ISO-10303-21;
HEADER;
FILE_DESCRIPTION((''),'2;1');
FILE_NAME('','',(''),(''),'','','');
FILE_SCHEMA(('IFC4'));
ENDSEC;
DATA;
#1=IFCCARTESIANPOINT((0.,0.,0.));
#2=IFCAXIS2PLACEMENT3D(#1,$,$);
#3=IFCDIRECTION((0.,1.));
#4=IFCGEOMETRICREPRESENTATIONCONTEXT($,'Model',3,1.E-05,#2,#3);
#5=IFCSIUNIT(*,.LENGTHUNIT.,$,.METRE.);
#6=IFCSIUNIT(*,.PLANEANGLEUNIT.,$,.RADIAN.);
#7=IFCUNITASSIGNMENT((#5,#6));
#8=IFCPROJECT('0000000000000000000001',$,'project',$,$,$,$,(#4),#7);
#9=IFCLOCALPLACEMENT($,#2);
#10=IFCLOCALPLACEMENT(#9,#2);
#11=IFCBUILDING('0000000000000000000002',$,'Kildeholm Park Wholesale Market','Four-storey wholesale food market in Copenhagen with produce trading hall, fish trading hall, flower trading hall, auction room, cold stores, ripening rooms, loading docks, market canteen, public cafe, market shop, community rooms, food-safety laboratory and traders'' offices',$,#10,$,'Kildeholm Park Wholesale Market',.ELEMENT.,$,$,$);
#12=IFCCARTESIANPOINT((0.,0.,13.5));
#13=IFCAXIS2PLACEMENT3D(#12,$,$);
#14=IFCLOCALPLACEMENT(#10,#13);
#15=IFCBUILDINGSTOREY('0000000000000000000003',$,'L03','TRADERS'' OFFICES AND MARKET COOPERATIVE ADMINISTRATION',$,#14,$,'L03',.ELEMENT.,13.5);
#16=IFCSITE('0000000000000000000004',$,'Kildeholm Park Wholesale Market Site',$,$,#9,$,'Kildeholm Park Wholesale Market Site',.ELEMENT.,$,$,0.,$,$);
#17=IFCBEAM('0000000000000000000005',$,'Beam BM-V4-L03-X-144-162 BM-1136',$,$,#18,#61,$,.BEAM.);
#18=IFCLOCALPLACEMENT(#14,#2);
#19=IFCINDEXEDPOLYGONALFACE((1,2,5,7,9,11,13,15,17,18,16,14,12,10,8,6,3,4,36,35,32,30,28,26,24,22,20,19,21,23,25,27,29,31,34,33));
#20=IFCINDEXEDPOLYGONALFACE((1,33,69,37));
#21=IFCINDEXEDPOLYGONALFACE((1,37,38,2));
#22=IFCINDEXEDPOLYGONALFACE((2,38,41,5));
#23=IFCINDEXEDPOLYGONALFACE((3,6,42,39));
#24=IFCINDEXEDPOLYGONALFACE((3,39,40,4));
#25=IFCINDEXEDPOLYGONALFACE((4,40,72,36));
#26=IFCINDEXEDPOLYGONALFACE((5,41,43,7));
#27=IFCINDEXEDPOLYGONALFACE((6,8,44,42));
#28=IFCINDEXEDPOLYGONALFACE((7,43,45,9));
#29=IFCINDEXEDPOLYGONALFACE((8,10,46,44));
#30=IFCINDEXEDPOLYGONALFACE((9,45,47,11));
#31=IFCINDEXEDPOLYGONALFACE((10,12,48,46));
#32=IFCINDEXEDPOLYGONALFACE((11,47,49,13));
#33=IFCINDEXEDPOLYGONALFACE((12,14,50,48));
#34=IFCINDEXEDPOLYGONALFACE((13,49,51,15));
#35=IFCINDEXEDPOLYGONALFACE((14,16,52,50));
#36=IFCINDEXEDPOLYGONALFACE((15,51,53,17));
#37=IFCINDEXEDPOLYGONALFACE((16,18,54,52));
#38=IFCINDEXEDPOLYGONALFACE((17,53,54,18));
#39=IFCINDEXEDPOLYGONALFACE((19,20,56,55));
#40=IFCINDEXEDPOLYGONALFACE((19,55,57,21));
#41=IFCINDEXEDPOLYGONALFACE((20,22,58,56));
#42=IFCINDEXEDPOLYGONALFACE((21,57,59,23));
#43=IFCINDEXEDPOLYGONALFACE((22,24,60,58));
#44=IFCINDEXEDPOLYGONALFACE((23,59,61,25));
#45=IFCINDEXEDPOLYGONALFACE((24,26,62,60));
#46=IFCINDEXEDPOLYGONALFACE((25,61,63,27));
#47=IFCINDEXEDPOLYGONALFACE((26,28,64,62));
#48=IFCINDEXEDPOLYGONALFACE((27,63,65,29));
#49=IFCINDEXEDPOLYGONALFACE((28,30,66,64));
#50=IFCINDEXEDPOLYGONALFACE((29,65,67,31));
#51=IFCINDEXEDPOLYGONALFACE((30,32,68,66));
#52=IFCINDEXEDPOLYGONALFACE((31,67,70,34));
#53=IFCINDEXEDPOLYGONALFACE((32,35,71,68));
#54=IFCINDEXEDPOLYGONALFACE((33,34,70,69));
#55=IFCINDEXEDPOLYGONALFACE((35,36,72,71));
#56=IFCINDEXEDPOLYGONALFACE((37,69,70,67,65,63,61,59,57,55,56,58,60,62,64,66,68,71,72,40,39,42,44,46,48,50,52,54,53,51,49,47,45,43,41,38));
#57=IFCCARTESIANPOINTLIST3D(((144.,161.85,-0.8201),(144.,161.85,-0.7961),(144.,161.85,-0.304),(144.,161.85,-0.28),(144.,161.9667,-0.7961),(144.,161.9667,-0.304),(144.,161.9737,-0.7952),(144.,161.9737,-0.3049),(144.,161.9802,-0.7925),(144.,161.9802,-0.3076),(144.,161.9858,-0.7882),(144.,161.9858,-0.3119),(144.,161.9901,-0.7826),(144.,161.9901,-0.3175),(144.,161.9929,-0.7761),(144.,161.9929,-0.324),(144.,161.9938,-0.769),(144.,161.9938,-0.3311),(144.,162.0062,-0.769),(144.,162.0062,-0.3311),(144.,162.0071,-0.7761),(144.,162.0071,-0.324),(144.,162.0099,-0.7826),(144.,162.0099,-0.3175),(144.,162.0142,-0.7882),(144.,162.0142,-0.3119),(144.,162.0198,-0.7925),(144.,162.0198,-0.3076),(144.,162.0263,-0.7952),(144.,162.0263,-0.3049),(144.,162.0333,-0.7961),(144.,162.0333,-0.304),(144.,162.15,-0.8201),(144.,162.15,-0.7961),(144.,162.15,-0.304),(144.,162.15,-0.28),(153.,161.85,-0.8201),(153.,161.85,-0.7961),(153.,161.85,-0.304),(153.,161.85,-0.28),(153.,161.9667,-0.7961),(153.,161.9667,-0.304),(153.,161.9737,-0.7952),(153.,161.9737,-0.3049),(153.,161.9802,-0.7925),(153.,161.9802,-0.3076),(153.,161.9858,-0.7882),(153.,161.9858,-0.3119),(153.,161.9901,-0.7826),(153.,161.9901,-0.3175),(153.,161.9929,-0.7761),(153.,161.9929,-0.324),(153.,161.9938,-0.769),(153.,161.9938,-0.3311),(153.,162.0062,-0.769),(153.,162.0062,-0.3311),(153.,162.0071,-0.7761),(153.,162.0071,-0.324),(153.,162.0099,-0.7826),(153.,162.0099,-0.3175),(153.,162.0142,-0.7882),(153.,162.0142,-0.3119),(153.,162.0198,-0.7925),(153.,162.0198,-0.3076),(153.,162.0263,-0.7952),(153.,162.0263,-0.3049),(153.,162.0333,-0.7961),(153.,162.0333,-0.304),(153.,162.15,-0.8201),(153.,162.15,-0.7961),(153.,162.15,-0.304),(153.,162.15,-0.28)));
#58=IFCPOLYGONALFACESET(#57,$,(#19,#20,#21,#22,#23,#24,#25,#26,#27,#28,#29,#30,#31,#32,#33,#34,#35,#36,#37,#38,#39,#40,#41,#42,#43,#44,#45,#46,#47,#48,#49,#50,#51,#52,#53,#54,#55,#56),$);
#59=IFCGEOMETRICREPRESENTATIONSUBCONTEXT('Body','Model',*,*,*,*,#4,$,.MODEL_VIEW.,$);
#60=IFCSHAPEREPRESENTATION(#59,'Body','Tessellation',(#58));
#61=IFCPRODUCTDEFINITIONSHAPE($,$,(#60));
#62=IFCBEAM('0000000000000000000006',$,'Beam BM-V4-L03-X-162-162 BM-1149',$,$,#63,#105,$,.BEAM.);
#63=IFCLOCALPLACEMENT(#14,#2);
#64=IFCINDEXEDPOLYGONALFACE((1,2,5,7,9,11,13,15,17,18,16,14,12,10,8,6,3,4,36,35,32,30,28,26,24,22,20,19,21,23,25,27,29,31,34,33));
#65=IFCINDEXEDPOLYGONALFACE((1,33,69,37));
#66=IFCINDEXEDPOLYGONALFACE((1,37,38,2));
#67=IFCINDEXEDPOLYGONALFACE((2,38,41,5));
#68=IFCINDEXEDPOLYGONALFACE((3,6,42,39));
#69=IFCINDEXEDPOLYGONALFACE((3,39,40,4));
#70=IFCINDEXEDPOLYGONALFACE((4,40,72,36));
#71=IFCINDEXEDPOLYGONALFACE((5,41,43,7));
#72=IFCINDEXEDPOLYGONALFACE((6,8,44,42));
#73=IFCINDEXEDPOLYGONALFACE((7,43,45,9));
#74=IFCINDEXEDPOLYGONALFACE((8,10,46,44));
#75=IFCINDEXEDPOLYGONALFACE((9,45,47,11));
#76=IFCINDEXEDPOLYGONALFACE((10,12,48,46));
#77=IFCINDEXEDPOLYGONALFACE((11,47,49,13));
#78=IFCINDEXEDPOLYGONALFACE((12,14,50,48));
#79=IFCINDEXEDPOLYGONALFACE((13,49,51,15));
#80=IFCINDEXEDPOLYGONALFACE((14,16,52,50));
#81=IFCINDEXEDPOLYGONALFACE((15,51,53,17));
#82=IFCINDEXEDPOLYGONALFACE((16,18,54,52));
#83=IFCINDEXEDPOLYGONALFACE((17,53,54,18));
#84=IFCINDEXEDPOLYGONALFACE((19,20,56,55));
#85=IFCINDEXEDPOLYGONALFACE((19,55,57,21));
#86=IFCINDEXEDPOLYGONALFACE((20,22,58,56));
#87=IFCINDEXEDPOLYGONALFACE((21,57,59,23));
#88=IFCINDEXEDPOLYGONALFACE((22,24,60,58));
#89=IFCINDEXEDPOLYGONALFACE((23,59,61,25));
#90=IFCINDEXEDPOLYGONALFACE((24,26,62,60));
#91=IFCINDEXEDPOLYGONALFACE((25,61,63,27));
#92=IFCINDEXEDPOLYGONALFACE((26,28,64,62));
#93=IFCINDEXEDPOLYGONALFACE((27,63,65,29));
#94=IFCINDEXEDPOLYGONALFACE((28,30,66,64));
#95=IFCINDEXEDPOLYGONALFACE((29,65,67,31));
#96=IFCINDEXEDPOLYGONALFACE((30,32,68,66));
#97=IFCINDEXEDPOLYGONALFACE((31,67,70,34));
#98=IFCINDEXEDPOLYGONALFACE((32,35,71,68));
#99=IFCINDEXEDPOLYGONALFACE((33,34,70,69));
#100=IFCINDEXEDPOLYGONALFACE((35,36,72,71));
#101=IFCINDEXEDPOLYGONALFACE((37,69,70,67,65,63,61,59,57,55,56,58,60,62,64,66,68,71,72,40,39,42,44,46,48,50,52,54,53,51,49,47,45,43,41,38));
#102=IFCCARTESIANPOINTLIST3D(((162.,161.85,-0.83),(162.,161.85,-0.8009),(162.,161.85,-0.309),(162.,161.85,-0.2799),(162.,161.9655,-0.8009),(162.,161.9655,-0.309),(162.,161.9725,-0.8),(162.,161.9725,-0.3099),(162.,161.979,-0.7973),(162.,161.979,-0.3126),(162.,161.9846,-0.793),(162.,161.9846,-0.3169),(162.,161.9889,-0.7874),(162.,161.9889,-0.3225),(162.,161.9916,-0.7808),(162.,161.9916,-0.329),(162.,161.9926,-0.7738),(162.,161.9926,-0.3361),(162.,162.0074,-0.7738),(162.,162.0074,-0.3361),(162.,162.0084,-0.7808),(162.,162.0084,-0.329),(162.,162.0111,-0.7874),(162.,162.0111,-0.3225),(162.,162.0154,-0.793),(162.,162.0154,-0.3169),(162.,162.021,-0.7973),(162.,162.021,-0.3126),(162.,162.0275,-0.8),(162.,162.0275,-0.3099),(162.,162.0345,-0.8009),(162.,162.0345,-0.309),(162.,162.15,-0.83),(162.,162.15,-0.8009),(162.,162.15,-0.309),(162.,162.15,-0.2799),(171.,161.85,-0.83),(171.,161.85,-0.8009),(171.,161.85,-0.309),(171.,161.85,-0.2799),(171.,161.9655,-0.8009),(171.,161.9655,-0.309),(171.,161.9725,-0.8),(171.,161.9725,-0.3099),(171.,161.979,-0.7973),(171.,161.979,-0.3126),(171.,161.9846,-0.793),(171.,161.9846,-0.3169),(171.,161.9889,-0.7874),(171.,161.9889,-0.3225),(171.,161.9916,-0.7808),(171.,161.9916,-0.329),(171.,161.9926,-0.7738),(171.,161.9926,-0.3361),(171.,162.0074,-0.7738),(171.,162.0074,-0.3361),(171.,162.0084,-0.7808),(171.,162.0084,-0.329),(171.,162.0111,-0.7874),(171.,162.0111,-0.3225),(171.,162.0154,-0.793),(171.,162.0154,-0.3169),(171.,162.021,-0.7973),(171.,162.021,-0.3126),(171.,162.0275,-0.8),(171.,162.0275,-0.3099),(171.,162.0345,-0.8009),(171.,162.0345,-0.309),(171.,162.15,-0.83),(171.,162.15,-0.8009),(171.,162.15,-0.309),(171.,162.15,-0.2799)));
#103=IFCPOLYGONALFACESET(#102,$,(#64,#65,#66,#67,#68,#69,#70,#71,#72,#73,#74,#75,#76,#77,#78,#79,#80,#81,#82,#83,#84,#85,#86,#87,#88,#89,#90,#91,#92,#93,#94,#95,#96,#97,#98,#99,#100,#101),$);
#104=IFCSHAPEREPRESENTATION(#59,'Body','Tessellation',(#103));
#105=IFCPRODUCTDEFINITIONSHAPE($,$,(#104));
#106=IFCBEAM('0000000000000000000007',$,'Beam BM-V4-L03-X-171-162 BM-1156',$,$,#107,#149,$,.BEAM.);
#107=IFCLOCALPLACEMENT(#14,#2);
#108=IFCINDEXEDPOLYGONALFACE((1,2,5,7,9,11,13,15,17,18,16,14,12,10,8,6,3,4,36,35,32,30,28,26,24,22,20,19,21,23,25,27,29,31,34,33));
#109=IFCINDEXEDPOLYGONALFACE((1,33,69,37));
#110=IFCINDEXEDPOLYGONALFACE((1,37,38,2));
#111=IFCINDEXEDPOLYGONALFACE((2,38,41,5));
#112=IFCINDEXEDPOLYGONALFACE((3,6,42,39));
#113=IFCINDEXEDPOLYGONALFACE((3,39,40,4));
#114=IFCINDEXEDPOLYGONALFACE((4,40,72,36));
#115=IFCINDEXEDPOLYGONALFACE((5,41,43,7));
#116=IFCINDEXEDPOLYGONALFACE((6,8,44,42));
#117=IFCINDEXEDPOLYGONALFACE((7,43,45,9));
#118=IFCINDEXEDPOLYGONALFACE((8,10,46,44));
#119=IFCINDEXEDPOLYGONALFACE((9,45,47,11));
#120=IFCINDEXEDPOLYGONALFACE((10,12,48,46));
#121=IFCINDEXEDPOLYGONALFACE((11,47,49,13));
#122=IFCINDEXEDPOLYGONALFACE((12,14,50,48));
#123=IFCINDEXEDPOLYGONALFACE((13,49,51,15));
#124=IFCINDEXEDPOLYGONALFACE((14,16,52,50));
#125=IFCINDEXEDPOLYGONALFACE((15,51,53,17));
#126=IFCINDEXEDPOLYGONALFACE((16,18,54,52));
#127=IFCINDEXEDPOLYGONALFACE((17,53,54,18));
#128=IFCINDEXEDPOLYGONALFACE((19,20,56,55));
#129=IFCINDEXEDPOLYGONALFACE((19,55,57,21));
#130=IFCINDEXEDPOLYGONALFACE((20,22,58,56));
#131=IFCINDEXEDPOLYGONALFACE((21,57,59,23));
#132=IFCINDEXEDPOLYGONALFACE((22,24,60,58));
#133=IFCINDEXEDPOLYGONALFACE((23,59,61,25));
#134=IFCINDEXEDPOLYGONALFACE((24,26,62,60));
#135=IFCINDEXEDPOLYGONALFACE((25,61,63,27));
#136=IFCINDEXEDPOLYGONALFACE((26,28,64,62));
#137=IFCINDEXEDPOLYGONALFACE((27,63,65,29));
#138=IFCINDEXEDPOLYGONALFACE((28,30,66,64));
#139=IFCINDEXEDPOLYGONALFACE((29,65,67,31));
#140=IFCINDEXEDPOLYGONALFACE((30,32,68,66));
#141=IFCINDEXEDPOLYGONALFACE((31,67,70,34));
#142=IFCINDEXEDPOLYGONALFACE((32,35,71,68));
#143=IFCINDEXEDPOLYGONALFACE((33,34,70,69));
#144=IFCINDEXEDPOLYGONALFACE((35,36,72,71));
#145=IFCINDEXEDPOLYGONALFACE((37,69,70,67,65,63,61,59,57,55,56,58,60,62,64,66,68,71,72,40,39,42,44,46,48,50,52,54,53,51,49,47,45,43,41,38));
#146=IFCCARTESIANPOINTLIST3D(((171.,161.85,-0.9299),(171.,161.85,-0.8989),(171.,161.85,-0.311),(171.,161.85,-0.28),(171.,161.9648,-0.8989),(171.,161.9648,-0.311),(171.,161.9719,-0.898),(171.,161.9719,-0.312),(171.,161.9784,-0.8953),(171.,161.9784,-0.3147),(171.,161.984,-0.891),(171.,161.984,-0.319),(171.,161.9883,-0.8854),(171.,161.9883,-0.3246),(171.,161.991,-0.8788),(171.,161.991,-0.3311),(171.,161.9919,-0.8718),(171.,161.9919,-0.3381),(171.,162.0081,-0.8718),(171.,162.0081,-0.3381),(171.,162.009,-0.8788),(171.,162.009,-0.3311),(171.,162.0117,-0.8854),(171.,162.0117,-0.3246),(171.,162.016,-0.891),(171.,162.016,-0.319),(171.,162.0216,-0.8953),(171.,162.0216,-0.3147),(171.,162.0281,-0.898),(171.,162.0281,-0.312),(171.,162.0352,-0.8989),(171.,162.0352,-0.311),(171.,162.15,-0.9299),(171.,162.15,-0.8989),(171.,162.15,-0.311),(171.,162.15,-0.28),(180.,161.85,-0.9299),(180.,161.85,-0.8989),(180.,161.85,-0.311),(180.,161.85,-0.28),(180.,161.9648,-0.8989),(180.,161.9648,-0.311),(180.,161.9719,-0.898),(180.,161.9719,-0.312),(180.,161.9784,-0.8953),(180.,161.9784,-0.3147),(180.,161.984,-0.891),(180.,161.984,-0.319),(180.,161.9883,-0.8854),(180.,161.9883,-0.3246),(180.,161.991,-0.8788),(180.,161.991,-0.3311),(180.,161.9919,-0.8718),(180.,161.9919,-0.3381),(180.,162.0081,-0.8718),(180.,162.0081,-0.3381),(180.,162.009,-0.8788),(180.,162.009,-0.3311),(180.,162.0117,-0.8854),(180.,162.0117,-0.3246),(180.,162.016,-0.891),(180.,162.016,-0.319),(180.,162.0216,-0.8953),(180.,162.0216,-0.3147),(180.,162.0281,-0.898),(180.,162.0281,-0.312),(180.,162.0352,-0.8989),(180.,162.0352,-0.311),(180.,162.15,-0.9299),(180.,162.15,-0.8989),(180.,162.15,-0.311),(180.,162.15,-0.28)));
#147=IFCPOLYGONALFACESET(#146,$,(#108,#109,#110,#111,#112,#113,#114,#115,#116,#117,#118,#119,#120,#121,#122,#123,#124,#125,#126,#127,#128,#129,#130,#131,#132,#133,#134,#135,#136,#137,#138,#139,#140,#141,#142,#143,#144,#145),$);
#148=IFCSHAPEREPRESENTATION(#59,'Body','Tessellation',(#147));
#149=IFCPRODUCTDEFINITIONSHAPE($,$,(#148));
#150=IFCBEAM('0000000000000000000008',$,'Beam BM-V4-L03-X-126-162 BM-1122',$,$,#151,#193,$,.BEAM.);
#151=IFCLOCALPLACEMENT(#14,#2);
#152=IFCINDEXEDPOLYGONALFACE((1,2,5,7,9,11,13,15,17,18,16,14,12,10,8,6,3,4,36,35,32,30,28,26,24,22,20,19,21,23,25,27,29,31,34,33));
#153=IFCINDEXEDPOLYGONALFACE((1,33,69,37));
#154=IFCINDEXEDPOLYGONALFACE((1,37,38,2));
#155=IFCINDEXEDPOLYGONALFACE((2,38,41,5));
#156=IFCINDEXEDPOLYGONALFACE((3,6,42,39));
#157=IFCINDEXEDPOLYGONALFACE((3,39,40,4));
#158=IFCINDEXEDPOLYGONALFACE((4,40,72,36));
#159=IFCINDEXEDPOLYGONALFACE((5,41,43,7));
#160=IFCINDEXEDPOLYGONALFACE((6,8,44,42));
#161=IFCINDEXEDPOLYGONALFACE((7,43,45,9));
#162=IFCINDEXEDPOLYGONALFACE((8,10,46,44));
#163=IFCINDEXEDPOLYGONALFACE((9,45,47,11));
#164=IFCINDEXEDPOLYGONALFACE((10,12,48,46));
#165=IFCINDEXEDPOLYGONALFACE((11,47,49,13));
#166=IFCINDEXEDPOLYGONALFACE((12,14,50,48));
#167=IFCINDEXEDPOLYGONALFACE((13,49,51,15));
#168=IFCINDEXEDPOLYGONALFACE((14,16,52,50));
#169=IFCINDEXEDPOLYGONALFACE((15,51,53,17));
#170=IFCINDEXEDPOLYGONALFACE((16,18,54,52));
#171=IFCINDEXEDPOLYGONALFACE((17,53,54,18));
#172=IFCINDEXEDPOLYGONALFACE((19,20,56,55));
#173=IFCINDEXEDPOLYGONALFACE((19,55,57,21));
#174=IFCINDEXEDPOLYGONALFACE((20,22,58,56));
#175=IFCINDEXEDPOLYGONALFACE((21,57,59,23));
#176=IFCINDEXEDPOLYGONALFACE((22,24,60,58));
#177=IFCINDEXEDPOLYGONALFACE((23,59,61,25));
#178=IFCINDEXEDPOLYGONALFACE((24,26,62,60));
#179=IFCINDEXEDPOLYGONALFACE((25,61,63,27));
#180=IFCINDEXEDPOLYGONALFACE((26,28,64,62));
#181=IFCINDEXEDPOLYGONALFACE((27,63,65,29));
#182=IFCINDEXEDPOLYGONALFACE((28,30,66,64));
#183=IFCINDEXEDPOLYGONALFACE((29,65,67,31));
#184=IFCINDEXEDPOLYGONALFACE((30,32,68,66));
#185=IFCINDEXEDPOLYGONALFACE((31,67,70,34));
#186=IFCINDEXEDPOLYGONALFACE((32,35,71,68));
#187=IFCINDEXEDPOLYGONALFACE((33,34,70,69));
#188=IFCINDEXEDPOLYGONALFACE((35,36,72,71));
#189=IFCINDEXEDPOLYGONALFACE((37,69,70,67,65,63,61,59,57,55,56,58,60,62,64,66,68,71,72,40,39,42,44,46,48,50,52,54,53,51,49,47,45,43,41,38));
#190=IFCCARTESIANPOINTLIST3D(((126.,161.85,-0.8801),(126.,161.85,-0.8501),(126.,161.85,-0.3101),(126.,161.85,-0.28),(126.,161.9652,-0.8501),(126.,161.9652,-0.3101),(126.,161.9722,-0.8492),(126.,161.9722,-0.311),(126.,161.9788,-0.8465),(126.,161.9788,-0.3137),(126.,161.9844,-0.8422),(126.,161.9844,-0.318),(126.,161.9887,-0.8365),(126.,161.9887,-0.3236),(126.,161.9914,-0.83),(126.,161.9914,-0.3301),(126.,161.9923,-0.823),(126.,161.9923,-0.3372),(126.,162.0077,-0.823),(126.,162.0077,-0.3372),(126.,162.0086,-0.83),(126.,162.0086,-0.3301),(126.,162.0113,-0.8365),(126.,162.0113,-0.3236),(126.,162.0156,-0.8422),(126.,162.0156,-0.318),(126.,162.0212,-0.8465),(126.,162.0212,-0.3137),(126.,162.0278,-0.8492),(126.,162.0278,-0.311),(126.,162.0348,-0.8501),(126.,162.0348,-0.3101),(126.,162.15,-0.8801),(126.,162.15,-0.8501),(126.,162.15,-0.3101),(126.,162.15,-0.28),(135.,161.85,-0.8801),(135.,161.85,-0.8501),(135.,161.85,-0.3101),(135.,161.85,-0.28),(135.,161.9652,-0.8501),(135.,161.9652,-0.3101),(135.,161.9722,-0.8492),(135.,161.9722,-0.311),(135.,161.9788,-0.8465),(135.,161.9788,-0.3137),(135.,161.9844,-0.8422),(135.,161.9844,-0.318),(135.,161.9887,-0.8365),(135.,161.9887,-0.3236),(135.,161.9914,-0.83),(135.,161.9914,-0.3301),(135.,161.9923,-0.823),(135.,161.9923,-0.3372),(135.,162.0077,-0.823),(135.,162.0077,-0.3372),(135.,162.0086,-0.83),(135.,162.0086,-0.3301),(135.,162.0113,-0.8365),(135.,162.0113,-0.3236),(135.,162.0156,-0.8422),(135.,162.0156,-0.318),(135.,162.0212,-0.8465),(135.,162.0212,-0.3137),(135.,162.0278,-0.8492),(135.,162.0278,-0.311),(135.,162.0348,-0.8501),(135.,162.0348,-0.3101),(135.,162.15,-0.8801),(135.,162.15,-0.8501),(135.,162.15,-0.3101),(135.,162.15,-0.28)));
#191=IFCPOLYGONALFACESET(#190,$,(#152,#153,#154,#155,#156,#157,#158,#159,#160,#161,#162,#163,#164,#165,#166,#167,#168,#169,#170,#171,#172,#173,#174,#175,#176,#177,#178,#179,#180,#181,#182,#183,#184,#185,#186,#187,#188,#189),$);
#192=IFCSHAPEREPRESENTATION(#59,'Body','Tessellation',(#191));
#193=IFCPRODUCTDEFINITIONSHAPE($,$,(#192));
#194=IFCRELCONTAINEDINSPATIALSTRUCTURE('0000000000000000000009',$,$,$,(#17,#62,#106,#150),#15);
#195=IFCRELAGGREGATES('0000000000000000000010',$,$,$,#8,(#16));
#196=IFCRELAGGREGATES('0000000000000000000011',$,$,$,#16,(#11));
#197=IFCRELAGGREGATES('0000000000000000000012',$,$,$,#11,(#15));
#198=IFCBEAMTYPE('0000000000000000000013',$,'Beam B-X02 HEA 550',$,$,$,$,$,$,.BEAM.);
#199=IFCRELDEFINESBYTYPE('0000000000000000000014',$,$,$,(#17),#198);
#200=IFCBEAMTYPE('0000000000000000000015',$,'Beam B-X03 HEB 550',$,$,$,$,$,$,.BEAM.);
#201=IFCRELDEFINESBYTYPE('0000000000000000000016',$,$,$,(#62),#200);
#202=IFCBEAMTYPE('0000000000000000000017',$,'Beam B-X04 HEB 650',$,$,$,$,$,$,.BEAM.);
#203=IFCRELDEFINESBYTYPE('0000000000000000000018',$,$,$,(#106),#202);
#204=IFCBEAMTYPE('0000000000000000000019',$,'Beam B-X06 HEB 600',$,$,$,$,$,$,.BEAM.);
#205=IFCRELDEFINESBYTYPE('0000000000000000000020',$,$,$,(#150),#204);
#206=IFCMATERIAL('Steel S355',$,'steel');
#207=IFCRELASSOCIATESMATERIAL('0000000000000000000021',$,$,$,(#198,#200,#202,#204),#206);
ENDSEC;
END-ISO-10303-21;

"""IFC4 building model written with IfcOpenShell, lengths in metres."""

from ifc_helpers import new_model, si_unit, direction, frame, origin, origin_2d, place, context, subcontext, project, spatial, i_section, extrude, material, material_profile, profile_set, type_object, element, save


model = new_model("IFC4")

# Units and contexts
model_context = context("Model", 3, precision=1e-05, world=origin(), true_north=direction((0.0, 1.0)))
body_context = subcontext(model_context, "Body", "Model", "MODEL_VIEW")
ifc_project = project(units=[si_unit("LENGTHUNIT", "METRE"), si_unit("PLANEANGLEUNIT", "RADIAN")], contexts=[model_context])

# Site, building, storey
site_placement = place(None, origin())
site = spatial("IfcSite", under=ifc_project, at=site_placement, Name="Kildeholm Park Wholesale Market Site", LongName="Kildeholm Park Wholesale Market Site", CompositionType="ELEMENT", RefElevation=0.0)
building_placement = place(site_placement, origin())
building = spatial("IfcBuilding", under=site, at=building_placement, Name="Kildeholm Park Wholesale Market", Description="Four-storey wholesale food market in Copenhagen with produce trading hall, fish trading hall, flower trading hall, auction room, cold stores, ripening rooms, loading docks, market canteen, public cafe, market shop, community rooms, food-safety laboratory and traders' offices", LongName="Kildeholm Park Wholesale Market", CompositionType="ELEMENT")
storey_placement = place(building_placement, frame((0.0, 0.0, 13.5)))
storey = spatial("IfcBuildingStorey", under=building, at=storey_placement, Name="L03", Description="TRADERS' OFFICES AND MARKET COOPERATIVE ADMINISTRATION", LongName="L03", CompositionType="ELEMENT", Elevation=13.5)

# Beams
ifc_material_1 = material(Name="Steel S355", Category="steel")
ifc_material_profile_1 = material_profile(ifc_material_1, i_section(OverallWidth=0.3, OverallDepth=0.54, WebThickness=0.0125, FlangeThickness=0.0239, FilletRadius=0.0271, at=origin_2d()), Name="HEA 550")
ifc_profile_set_1 = profile_set([ifc_material_profile_1], Name="Steel S355")
beam_type_1 = type_object("IfcBeamType", Name="Beam B-X02 HEA 550", PredefinedType="BEAM", material=ifc_profile_set_1)
beam_1_placement = place(storey_placement, frame((144.0, 162.0, -0.55), z_axis=(1.0, 0.0, 0.0), x_axis=(0.0, 1.0, 0.0)))
element("IfcBeam", 1, at=beam_1_placement, inside=storey, type_object=beam_type_1, Name="Beam BM-V4-L03-X-144-162 BM-1136", PredefinedType="BEAM", context=body_context, shape_type="SweptSolid", body=[
    extrude(i_section(OverallWidth=0.3, OverallDepth=0.54, WebThickness=0.0125, FlangeThickness=0.0239, FilletRadius=0.0271, at=origin_2d()), origin(), (0.0, 0.0, 1.0), 9.0),
])
ifc_material_profile_2 = material_profile(ifc_material_1, i_section(OverallWidth=0.3, OverallDepth=0.55, WebThickness=0.0149, FlangeThickness=0.0291, FilletRadius=0.0271, at=origin_2d()), Name="HEB 550")
ifc_profile_set_2 = profile_set([ifc_material_profile_2], Name="Steel S355")
beam_type_2 = type_object("IfcBeamType", Name="Beam B-X03 HEB 550", PredefinedType="BEAM", material=ifc_profile_set_2)
beam_2_placement = place(storey_placement, frame((162.0, 162.0, -0.5549), z_axis=(1.0, 0.0, 0.0), x_axis=(0.0, 1.0, 0.0)))
element("IfcBeam", 2, at=beam_2_placement, inside=storey, type_object=beam_type_2, Name="Beam BM-V4-L03-X-162-162 BM-1149", PredefinedType="BEAM", context=body_context, shape_type="SweptSolid", body=[
    extrude(i_section(OverallWidth=0.3, OverallDepth=0.55, WebThickness=0.0149, FlangeThickness=0.0291, FilletRadius=0.0271, at=origin_2d()), origin(), (0.0, 0.0, 1.0), 9.0),
])
ifc_material_profile_3 = material_profile(ifc_material_1, i_section(OverallWidth=0.3, OverallDepth=0.6499, WebThickness=0.0161, FlangeThickness=0.031, FilletRadius=0.0271, at=origin_2d()), Name="HEB 650")
ifc_profile_set_3 = profile_set([ifc_material_profile_3], Name="Steel S355")
beam_type_3 = type_object("IfcBeamType", Name="Beam B-X04 HEB 650", PredefinedType="BEAM", material=ifc_profile_set_3)
beam_3_placement = place(storey_placement, frame((171.0, 162.0, -0.605), z_axis=(1.0, 0.0, 0.0), x_axis=(0.0, 1.0, 0.0)))
element("IfcBeam", 3, at=beam_3_placement, inside=storey, type_object=beam_type_3, Name="Beam BM-V4-L03-X-171-162 BM-1156", PredefinedType="BEAM", context=body_context, shape_type="SweptSolid", body=[
    extrude(i_section(OverallWidth=0.3, OverallDepth=0.6499, WebThickness=0.0161, FlangeThickness=0.031, FilletRadius=0.0271, at=origin_2d()), origin(), (0.0, 0.0, 1.0), 9.0),
])
ifc_material_profile_4 = material_profile(ifc_material_1, i_section(OverallWidth=0.3, OverallDepth=0.6001, WebThickness=0.0154, FlangeThickness=0.03, FilletRadius=0.0271, at=origin_2d()), Name="HEB 600")
ifc_profile_set_4 = profile_set([ifc_material_profile_4], Name="Steel S355")
beam_type_4 = type_object("IfcBeamType", Name="Beam B-X06 HEB 600", PredefinedType="BEAM", material=ifc_profile_set_4)
beam_4_placement = place(storey_placement, frame((126.0, 162.0, -0.5801), z_axis=(1.0, 0.0, 0.0), x_axis=(0.0, 1.0, 0.0)))
element("IfcBeam", 4, at=beam_4_placement, inside=storey, type_object=beam_type_4, Name="Beam BM-V4-L03-X-126-162 BM-1122", PredefinedType="BEAM", context=body_context, shape_type="SweptSolid", body=[
    extrude(i_section(OverallWidth=0.3, OverallDepth=0.6001, WebThickness=0.0154, FlangeThickness=0.03, FilletRadius=0.0271, at=origin_2d()), origin(), (0.0, 0.0, 1.0), 9.0),
])

save(model, "model.ifc")
